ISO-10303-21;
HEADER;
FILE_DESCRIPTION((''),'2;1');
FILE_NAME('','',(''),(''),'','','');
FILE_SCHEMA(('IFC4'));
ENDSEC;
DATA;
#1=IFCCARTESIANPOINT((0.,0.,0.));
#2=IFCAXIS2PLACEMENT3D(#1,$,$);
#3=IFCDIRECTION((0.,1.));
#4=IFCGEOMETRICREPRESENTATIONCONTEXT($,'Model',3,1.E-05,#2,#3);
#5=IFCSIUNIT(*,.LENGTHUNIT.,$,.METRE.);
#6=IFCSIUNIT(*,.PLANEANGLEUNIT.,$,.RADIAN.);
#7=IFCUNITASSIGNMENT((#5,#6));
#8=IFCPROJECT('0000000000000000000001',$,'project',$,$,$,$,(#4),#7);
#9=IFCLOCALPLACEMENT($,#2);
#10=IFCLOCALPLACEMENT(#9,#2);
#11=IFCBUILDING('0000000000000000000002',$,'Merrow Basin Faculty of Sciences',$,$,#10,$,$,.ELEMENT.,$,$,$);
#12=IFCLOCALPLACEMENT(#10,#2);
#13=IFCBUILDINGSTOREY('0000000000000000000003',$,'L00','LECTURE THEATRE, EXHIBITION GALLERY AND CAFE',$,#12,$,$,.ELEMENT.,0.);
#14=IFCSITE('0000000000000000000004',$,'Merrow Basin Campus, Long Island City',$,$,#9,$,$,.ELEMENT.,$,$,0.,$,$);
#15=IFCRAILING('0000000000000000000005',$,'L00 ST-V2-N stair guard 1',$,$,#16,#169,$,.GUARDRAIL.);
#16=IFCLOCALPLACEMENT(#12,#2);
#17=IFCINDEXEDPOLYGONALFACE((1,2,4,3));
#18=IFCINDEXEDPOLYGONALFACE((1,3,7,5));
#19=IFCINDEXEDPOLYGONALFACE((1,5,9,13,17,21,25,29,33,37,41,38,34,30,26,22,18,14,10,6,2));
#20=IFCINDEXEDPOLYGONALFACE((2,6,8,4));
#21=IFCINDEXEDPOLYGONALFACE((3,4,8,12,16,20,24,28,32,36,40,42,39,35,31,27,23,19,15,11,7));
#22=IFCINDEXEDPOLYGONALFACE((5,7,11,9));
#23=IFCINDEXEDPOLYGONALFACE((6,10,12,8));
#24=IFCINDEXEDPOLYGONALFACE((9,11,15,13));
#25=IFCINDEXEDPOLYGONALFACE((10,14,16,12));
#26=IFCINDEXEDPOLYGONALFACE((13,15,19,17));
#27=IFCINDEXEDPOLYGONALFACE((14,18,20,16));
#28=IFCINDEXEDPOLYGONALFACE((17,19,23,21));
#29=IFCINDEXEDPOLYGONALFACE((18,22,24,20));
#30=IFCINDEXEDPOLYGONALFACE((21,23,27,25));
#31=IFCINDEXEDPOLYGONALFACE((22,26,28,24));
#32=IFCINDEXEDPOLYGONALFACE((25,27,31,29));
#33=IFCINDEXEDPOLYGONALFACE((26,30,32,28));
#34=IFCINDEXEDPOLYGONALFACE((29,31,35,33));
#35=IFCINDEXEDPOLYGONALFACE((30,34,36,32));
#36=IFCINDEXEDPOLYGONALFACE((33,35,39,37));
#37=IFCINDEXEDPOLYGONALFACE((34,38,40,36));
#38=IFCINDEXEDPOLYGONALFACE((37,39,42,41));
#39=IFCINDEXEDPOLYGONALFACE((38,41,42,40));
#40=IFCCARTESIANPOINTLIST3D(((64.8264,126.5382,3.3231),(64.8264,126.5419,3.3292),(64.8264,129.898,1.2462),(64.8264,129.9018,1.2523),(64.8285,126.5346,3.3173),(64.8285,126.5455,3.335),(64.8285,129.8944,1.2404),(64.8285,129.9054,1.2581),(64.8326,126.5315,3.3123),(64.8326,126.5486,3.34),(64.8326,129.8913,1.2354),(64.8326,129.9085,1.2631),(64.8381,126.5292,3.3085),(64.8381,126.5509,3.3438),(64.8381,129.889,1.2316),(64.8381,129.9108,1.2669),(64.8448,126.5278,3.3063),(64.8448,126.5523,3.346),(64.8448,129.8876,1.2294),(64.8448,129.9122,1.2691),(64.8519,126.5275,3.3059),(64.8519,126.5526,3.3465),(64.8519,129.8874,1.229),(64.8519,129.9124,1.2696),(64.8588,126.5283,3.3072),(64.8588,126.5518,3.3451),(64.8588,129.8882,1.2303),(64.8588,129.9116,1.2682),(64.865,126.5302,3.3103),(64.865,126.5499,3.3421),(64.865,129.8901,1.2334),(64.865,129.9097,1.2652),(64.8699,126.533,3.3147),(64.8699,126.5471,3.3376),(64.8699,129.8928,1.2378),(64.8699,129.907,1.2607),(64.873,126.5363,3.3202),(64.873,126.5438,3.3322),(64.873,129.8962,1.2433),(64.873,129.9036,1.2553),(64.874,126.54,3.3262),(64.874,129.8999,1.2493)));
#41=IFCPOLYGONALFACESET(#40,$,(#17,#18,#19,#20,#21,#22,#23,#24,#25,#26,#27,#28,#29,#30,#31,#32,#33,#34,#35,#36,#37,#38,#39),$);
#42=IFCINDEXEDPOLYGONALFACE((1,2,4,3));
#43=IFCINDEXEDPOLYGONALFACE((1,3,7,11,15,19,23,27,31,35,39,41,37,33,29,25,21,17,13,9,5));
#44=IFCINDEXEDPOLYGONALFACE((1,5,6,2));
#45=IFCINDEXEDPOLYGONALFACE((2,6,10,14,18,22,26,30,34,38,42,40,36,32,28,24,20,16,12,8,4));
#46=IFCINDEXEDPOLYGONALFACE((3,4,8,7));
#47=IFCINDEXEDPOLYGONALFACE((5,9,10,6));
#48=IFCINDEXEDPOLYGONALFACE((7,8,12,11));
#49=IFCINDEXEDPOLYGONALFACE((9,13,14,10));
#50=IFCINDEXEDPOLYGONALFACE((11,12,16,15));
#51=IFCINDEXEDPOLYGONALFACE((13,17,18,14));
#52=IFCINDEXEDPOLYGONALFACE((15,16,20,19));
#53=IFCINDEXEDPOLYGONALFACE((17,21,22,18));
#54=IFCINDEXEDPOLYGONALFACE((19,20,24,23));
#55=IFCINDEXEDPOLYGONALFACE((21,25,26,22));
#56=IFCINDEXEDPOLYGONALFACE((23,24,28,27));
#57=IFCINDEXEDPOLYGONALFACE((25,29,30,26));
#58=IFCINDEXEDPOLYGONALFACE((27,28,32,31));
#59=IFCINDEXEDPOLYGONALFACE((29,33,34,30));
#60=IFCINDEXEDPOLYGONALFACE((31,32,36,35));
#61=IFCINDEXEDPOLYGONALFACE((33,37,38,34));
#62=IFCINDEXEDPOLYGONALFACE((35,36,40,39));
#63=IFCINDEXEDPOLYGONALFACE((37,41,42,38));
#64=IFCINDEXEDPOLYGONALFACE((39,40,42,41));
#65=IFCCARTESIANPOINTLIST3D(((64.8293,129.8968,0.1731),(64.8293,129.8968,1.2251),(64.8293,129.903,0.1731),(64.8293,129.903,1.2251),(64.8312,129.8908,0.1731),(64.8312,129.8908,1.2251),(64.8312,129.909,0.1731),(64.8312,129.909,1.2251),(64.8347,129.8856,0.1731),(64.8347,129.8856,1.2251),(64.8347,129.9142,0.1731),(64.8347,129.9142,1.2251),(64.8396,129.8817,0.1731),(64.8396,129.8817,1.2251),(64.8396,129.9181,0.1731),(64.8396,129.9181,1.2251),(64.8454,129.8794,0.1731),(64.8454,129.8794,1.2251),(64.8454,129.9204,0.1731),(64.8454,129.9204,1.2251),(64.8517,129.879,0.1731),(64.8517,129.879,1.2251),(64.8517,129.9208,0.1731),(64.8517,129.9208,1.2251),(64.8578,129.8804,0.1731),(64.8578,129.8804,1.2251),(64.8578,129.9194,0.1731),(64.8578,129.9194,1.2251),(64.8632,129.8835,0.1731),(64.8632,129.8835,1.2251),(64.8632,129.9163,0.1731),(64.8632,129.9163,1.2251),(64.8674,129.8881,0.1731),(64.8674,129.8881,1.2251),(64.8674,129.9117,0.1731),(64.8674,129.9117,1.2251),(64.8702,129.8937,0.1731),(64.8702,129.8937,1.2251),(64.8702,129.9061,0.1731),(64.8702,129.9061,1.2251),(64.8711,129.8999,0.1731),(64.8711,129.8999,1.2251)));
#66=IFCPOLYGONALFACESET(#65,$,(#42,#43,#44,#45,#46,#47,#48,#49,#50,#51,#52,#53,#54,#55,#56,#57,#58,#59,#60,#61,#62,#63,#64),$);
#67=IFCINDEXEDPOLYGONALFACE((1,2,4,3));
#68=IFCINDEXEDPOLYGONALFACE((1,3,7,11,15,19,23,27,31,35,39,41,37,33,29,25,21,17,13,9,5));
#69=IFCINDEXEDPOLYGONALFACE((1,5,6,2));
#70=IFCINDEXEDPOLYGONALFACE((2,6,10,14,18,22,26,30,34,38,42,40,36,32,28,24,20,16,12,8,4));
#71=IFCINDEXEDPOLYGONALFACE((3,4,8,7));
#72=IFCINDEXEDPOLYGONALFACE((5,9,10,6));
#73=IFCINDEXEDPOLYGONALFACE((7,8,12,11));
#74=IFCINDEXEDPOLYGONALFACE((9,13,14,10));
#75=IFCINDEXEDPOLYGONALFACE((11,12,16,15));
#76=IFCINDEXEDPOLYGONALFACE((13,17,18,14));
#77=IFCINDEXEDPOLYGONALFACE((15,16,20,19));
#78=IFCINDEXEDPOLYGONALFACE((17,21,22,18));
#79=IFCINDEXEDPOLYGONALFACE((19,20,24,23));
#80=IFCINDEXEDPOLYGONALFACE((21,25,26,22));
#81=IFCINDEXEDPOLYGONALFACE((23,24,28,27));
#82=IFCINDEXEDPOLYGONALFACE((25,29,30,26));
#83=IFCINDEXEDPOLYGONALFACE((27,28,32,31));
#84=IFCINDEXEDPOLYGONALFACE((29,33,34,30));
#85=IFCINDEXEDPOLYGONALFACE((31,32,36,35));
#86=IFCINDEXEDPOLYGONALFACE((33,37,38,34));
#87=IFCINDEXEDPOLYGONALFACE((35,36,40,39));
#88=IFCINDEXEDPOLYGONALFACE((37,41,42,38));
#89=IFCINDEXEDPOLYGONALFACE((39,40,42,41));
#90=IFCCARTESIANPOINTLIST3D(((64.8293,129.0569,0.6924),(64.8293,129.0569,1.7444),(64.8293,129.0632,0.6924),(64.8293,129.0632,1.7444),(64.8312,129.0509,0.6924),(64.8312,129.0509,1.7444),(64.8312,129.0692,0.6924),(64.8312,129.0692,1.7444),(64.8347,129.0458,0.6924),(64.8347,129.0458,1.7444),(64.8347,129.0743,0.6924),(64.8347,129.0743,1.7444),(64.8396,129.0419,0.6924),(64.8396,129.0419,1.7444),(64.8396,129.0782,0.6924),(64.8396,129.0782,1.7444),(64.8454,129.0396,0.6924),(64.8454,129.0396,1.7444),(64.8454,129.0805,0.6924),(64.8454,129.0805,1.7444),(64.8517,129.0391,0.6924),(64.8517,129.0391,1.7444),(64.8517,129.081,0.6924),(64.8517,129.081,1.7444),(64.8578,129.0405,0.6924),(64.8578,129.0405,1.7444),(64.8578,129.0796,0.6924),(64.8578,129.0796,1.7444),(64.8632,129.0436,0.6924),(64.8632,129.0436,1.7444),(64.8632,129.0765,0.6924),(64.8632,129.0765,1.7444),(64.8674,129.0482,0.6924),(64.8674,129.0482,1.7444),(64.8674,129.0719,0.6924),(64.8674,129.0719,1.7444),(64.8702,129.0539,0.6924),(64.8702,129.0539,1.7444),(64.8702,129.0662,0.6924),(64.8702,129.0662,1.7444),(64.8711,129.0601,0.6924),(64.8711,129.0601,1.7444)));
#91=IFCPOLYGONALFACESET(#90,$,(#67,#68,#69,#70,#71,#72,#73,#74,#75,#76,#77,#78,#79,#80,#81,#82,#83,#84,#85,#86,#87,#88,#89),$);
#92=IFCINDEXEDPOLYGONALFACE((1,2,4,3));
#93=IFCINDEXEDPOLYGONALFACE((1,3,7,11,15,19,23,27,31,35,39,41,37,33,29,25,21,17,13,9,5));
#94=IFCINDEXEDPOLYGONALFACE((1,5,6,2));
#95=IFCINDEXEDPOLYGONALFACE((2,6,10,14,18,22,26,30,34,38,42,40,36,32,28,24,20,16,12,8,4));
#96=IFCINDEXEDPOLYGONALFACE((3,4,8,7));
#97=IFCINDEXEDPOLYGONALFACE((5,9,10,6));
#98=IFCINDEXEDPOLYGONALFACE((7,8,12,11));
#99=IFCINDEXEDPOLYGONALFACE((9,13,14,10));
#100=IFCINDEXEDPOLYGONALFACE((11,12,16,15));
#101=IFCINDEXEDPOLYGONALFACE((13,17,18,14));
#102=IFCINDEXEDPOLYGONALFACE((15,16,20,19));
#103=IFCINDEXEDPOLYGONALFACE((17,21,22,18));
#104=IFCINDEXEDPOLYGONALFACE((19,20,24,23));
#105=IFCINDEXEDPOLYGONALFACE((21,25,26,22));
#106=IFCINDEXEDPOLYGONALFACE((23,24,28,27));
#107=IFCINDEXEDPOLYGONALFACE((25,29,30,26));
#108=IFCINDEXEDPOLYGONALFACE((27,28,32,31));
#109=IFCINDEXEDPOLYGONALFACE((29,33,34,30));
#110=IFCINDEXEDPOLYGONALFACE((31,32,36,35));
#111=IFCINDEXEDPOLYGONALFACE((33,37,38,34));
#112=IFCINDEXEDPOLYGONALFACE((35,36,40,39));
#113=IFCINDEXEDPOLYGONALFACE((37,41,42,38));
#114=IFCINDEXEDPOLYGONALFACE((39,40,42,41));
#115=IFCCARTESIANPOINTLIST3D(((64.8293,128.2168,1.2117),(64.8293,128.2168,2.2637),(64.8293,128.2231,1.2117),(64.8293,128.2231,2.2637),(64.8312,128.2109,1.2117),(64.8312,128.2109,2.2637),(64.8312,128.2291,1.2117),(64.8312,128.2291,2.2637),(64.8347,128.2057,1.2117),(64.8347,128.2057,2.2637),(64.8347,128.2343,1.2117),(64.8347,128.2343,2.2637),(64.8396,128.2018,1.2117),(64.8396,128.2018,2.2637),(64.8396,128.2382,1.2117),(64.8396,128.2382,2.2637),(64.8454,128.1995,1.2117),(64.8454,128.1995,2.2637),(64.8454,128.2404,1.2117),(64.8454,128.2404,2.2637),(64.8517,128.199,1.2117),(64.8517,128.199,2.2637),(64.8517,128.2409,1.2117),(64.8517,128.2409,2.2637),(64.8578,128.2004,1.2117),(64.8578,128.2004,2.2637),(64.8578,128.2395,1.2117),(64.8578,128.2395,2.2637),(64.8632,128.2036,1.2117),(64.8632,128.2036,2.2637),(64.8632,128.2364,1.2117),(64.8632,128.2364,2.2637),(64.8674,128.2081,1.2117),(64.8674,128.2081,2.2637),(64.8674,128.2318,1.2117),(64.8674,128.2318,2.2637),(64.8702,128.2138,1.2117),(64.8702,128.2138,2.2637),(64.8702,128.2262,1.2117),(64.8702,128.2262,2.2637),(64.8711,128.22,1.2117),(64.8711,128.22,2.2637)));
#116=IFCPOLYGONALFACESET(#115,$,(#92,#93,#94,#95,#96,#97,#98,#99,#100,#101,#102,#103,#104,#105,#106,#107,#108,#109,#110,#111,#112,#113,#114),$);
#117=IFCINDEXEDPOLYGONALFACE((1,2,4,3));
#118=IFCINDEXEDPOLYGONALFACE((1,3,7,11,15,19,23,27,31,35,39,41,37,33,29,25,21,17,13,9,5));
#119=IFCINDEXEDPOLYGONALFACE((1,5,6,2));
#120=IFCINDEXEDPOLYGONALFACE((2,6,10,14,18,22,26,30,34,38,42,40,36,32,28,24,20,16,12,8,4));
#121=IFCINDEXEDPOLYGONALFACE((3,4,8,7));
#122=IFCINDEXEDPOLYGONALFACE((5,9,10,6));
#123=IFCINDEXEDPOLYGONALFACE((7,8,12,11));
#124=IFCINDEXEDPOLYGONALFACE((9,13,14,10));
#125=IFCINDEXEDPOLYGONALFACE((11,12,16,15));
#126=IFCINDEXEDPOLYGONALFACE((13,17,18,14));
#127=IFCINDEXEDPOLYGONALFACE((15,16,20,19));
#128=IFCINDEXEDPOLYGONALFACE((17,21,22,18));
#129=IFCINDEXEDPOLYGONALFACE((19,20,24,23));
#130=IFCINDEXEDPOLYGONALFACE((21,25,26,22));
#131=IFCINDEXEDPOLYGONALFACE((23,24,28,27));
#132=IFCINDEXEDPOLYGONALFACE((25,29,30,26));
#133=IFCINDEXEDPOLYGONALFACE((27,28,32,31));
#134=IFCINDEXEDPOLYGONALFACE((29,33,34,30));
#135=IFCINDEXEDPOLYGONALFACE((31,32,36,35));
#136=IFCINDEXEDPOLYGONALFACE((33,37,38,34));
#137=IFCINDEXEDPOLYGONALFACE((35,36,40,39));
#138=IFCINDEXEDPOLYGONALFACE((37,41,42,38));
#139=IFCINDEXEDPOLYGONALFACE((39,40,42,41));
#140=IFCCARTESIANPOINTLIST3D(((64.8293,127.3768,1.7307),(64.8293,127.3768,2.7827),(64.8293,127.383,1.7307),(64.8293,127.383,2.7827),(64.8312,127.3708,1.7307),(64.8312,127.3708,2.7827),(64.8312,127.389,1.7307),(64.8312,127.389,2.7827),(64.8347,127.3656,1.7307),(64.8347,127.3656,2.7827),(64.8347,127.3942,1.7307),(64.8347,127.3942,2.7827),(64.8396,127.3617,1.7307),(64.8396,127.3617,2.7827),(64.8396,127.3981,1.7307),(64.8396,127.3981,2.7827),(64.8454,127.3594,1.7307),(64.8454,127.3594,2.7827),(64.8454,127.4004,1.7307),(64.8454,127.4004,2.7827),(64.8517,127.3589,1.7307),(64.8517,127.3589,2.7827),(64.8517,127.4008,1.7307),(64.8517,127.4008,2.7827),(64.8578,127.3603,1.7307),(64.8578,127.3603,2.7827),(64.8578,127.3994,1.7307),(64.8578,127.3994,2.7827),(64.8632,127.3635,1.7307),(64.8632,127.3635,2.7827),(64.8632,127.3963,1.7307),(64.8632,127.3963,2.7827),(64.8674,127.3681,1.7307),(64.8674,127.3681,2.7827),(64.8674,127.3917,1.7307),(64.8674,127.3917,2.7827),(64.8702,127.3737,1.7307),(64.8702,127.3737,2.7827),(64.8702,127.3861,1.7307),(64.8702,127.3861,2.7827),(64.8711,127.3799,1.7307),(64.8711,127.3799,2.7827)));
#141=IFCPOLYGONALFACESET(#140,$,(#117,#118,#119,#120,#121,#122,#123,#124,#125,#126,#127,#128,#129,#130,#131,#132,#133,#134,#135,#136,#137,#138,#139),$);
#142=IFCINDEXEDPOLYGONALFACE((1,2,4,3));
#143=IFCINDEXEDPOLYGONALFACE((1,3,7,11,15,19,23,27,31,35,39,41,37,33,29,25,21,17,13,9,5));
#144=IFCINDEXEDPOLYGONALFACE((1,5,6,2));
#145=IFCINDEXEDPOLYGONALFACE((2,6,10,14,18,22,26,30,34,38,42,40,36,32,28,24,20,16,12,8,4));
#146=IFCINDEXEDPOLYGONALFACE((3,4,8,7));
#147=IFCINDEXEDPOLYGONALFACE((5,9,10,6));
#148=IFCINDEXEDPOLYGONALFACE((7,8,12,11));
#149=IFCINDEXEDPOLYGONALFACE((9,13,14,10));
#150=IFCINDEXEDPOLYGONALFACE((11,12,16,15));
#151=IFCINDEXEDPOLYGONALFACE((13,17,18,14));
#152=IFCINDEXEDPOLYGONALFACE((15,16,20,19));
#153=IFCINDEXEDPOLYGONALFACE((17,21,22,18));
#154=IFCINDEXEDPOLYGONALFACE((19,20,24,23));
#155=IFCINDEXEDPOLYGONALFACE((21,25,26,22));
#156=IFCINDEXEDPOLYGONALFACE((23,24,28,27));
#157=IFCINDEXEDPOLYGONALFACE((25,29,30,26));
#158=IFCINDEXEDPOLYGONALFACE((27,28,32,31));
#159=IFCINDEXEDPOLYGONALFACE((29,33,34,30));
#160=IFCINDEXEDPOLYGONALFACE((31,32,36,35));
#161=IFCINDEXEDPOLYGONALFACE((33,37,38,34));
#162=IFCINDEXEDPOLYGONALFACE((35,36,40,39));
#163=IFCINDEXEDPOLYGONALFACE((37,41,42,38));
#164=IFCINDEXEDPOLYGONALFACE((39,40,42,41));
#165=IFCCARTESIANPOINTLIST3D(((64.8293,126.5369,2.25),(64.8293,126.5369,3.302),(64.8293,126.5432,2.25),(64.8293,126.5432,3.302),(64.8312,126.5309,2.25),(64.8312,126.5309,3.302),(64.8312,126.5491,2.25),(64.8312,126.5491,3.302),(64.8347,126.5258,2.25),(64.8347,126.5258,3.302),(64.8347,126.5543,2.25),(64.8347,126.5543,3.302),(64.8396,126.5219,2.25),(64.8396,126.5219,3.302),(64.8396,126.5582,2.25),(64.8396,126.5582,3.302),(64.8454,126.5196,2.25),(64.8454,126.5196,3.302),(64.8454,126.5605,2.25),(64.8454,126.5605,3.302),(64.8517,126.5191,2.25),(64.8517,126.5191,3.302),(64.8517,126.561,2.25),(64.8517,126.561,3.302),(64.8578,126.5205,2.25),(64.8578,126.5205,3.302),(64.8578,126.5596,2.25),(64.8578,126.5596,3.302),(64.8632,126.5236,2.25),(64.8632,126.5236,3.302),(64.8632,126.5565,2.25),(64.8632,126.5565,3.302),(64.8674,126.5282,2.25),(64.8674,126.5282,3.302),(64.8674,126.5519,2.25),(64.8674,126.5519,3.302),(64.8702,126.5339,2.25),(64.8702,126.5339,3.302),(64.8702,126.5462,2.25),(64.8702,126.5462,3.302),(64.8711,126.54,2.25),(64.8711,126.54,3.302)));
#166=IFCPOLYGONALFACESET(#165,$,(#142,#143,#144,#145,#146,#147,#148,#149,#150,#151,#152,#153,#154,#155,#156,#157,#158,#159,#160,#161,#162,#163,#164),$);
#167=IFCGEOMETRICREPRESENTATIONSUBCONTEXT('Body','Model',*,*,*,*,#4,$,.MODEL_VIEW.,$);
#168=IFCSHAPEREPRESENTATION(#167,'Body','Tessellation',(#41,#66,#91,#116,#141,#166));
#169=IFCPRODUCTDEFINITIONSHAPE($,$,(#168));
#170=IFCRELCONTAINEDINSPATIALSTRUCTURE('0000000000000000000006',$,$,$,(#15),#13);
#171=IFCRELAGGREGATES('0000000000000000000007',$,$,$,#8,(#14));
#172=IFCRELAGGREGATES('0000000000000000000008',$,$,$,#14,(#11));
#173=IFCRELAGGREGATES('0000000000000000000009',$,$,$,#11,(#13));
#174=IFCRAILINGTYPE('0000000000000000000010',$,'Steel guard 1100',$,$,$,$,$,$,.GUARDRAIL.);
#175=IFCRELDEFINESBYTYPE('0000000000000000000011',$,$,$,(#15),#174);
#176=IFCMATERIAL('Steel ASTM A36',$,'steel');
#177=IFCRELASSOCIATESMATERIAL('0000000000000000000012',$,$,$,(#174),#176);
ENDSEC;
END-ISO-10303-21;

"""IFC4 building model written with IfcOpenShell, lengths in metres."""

from ifc_helpers import new_model, si_unit, direction, frame, origin, origin_2d, place, context, subcontext, project, spatial, circle, extrude, material, type_object, element, save


model = new_model("IFC4")

# Units and contexts
model_context = context("Model", 3, precision=1e-05, world=origin(), true_north=direction((0.0, 1.0)))
body_context = subcontext(model_context, "Body", "Model", "MODEL_VIEW")
ifc_project = project(units=[si_unit("LENGTHUNIT", "METRE"), si_unit("PLANEANGLEUNIT", "RADIAN")], contexts=[model_context])

# Site, building, storey
site_placement = place(None, origin())
site = spatial("IfcSite", under=ifc_project, at=site_placement, Name="Merrow Basin Campus, Long Island City", CompositionType="ELEMENT", RefElevation=0.0)
building_placement = place(site_placement, origin())
building = spatial("IfcBuilding", under=site, at=building_placement, Name="Merrow Basin Faculty of Sciences", CompositionType="ELEMENT")
storey_placement = place(building_placement, origin())
storey = spatial("IfcBuildingStorey", under=building, at=storey_placement, Name="L00", Description="LECTURE THEATRE, EXHIBITION GALLERY AND CAFE", CompositionType="ELEMENT", Elevation=0.0)

# Railing
ifc_material_1 = material(Name="Steel ASTM A36", Category="steel")
railing_type_1 = type_object("IfcRailingType", Name="Steel guard 1100", PredefinedType="GUARDRAIL", material=ifc_material_1)
railing_1_placement = place(storey_placement, frame((64.8501, 129.8999, 0.1731)))
element("IfcRailing", 1, at=railing_1_placement, inside=storey, type_object=railing_type_1, Name="L00 ST-V2-N stair guard 1", PredefinedType="GUARDRAIL", context=body_context, shape_type="SweptSolid", body=[
    extrude(circle(Radius=0.0239, at=origin_2d()), frame((0.0, 0.0, 1.0762), z_axis=(0.0, -0.850606, 0.525803), x_axis=(1.0, 0.0, 0.0)), (0.0, 0.0, 1.0), 3.95),
    extrude(circle(Radius=0.021, at=origin_2d()), origin(), (0.0, 0.0, 1.0), 1.052),
    extrude(circle(Radius=0.021, at=origin_2d()), frame((0.0, -0.8398, 0.5193)), (0.0, 0.0, 1.0), 1.052),
    extrude(circle(Radius=0.021, at=origin_2d()), frame((0.0, -1.6799, 1.0386)), (0.0, 0.0, 1.0), 1.052),
    extrude(circle(Radius=0.021, at=origin_2d()), frame((0.0, -2.52, 1.5576)), (0.0, 0.0, 1.0), 1.052),
    extrude(circle(Radius=0.021, at=origin_2d()), frame((0.0, -3.3599, 2.0769)), (0.0, 0.0, 1.0), 1.052),
])

save(model, "model.ifc")
